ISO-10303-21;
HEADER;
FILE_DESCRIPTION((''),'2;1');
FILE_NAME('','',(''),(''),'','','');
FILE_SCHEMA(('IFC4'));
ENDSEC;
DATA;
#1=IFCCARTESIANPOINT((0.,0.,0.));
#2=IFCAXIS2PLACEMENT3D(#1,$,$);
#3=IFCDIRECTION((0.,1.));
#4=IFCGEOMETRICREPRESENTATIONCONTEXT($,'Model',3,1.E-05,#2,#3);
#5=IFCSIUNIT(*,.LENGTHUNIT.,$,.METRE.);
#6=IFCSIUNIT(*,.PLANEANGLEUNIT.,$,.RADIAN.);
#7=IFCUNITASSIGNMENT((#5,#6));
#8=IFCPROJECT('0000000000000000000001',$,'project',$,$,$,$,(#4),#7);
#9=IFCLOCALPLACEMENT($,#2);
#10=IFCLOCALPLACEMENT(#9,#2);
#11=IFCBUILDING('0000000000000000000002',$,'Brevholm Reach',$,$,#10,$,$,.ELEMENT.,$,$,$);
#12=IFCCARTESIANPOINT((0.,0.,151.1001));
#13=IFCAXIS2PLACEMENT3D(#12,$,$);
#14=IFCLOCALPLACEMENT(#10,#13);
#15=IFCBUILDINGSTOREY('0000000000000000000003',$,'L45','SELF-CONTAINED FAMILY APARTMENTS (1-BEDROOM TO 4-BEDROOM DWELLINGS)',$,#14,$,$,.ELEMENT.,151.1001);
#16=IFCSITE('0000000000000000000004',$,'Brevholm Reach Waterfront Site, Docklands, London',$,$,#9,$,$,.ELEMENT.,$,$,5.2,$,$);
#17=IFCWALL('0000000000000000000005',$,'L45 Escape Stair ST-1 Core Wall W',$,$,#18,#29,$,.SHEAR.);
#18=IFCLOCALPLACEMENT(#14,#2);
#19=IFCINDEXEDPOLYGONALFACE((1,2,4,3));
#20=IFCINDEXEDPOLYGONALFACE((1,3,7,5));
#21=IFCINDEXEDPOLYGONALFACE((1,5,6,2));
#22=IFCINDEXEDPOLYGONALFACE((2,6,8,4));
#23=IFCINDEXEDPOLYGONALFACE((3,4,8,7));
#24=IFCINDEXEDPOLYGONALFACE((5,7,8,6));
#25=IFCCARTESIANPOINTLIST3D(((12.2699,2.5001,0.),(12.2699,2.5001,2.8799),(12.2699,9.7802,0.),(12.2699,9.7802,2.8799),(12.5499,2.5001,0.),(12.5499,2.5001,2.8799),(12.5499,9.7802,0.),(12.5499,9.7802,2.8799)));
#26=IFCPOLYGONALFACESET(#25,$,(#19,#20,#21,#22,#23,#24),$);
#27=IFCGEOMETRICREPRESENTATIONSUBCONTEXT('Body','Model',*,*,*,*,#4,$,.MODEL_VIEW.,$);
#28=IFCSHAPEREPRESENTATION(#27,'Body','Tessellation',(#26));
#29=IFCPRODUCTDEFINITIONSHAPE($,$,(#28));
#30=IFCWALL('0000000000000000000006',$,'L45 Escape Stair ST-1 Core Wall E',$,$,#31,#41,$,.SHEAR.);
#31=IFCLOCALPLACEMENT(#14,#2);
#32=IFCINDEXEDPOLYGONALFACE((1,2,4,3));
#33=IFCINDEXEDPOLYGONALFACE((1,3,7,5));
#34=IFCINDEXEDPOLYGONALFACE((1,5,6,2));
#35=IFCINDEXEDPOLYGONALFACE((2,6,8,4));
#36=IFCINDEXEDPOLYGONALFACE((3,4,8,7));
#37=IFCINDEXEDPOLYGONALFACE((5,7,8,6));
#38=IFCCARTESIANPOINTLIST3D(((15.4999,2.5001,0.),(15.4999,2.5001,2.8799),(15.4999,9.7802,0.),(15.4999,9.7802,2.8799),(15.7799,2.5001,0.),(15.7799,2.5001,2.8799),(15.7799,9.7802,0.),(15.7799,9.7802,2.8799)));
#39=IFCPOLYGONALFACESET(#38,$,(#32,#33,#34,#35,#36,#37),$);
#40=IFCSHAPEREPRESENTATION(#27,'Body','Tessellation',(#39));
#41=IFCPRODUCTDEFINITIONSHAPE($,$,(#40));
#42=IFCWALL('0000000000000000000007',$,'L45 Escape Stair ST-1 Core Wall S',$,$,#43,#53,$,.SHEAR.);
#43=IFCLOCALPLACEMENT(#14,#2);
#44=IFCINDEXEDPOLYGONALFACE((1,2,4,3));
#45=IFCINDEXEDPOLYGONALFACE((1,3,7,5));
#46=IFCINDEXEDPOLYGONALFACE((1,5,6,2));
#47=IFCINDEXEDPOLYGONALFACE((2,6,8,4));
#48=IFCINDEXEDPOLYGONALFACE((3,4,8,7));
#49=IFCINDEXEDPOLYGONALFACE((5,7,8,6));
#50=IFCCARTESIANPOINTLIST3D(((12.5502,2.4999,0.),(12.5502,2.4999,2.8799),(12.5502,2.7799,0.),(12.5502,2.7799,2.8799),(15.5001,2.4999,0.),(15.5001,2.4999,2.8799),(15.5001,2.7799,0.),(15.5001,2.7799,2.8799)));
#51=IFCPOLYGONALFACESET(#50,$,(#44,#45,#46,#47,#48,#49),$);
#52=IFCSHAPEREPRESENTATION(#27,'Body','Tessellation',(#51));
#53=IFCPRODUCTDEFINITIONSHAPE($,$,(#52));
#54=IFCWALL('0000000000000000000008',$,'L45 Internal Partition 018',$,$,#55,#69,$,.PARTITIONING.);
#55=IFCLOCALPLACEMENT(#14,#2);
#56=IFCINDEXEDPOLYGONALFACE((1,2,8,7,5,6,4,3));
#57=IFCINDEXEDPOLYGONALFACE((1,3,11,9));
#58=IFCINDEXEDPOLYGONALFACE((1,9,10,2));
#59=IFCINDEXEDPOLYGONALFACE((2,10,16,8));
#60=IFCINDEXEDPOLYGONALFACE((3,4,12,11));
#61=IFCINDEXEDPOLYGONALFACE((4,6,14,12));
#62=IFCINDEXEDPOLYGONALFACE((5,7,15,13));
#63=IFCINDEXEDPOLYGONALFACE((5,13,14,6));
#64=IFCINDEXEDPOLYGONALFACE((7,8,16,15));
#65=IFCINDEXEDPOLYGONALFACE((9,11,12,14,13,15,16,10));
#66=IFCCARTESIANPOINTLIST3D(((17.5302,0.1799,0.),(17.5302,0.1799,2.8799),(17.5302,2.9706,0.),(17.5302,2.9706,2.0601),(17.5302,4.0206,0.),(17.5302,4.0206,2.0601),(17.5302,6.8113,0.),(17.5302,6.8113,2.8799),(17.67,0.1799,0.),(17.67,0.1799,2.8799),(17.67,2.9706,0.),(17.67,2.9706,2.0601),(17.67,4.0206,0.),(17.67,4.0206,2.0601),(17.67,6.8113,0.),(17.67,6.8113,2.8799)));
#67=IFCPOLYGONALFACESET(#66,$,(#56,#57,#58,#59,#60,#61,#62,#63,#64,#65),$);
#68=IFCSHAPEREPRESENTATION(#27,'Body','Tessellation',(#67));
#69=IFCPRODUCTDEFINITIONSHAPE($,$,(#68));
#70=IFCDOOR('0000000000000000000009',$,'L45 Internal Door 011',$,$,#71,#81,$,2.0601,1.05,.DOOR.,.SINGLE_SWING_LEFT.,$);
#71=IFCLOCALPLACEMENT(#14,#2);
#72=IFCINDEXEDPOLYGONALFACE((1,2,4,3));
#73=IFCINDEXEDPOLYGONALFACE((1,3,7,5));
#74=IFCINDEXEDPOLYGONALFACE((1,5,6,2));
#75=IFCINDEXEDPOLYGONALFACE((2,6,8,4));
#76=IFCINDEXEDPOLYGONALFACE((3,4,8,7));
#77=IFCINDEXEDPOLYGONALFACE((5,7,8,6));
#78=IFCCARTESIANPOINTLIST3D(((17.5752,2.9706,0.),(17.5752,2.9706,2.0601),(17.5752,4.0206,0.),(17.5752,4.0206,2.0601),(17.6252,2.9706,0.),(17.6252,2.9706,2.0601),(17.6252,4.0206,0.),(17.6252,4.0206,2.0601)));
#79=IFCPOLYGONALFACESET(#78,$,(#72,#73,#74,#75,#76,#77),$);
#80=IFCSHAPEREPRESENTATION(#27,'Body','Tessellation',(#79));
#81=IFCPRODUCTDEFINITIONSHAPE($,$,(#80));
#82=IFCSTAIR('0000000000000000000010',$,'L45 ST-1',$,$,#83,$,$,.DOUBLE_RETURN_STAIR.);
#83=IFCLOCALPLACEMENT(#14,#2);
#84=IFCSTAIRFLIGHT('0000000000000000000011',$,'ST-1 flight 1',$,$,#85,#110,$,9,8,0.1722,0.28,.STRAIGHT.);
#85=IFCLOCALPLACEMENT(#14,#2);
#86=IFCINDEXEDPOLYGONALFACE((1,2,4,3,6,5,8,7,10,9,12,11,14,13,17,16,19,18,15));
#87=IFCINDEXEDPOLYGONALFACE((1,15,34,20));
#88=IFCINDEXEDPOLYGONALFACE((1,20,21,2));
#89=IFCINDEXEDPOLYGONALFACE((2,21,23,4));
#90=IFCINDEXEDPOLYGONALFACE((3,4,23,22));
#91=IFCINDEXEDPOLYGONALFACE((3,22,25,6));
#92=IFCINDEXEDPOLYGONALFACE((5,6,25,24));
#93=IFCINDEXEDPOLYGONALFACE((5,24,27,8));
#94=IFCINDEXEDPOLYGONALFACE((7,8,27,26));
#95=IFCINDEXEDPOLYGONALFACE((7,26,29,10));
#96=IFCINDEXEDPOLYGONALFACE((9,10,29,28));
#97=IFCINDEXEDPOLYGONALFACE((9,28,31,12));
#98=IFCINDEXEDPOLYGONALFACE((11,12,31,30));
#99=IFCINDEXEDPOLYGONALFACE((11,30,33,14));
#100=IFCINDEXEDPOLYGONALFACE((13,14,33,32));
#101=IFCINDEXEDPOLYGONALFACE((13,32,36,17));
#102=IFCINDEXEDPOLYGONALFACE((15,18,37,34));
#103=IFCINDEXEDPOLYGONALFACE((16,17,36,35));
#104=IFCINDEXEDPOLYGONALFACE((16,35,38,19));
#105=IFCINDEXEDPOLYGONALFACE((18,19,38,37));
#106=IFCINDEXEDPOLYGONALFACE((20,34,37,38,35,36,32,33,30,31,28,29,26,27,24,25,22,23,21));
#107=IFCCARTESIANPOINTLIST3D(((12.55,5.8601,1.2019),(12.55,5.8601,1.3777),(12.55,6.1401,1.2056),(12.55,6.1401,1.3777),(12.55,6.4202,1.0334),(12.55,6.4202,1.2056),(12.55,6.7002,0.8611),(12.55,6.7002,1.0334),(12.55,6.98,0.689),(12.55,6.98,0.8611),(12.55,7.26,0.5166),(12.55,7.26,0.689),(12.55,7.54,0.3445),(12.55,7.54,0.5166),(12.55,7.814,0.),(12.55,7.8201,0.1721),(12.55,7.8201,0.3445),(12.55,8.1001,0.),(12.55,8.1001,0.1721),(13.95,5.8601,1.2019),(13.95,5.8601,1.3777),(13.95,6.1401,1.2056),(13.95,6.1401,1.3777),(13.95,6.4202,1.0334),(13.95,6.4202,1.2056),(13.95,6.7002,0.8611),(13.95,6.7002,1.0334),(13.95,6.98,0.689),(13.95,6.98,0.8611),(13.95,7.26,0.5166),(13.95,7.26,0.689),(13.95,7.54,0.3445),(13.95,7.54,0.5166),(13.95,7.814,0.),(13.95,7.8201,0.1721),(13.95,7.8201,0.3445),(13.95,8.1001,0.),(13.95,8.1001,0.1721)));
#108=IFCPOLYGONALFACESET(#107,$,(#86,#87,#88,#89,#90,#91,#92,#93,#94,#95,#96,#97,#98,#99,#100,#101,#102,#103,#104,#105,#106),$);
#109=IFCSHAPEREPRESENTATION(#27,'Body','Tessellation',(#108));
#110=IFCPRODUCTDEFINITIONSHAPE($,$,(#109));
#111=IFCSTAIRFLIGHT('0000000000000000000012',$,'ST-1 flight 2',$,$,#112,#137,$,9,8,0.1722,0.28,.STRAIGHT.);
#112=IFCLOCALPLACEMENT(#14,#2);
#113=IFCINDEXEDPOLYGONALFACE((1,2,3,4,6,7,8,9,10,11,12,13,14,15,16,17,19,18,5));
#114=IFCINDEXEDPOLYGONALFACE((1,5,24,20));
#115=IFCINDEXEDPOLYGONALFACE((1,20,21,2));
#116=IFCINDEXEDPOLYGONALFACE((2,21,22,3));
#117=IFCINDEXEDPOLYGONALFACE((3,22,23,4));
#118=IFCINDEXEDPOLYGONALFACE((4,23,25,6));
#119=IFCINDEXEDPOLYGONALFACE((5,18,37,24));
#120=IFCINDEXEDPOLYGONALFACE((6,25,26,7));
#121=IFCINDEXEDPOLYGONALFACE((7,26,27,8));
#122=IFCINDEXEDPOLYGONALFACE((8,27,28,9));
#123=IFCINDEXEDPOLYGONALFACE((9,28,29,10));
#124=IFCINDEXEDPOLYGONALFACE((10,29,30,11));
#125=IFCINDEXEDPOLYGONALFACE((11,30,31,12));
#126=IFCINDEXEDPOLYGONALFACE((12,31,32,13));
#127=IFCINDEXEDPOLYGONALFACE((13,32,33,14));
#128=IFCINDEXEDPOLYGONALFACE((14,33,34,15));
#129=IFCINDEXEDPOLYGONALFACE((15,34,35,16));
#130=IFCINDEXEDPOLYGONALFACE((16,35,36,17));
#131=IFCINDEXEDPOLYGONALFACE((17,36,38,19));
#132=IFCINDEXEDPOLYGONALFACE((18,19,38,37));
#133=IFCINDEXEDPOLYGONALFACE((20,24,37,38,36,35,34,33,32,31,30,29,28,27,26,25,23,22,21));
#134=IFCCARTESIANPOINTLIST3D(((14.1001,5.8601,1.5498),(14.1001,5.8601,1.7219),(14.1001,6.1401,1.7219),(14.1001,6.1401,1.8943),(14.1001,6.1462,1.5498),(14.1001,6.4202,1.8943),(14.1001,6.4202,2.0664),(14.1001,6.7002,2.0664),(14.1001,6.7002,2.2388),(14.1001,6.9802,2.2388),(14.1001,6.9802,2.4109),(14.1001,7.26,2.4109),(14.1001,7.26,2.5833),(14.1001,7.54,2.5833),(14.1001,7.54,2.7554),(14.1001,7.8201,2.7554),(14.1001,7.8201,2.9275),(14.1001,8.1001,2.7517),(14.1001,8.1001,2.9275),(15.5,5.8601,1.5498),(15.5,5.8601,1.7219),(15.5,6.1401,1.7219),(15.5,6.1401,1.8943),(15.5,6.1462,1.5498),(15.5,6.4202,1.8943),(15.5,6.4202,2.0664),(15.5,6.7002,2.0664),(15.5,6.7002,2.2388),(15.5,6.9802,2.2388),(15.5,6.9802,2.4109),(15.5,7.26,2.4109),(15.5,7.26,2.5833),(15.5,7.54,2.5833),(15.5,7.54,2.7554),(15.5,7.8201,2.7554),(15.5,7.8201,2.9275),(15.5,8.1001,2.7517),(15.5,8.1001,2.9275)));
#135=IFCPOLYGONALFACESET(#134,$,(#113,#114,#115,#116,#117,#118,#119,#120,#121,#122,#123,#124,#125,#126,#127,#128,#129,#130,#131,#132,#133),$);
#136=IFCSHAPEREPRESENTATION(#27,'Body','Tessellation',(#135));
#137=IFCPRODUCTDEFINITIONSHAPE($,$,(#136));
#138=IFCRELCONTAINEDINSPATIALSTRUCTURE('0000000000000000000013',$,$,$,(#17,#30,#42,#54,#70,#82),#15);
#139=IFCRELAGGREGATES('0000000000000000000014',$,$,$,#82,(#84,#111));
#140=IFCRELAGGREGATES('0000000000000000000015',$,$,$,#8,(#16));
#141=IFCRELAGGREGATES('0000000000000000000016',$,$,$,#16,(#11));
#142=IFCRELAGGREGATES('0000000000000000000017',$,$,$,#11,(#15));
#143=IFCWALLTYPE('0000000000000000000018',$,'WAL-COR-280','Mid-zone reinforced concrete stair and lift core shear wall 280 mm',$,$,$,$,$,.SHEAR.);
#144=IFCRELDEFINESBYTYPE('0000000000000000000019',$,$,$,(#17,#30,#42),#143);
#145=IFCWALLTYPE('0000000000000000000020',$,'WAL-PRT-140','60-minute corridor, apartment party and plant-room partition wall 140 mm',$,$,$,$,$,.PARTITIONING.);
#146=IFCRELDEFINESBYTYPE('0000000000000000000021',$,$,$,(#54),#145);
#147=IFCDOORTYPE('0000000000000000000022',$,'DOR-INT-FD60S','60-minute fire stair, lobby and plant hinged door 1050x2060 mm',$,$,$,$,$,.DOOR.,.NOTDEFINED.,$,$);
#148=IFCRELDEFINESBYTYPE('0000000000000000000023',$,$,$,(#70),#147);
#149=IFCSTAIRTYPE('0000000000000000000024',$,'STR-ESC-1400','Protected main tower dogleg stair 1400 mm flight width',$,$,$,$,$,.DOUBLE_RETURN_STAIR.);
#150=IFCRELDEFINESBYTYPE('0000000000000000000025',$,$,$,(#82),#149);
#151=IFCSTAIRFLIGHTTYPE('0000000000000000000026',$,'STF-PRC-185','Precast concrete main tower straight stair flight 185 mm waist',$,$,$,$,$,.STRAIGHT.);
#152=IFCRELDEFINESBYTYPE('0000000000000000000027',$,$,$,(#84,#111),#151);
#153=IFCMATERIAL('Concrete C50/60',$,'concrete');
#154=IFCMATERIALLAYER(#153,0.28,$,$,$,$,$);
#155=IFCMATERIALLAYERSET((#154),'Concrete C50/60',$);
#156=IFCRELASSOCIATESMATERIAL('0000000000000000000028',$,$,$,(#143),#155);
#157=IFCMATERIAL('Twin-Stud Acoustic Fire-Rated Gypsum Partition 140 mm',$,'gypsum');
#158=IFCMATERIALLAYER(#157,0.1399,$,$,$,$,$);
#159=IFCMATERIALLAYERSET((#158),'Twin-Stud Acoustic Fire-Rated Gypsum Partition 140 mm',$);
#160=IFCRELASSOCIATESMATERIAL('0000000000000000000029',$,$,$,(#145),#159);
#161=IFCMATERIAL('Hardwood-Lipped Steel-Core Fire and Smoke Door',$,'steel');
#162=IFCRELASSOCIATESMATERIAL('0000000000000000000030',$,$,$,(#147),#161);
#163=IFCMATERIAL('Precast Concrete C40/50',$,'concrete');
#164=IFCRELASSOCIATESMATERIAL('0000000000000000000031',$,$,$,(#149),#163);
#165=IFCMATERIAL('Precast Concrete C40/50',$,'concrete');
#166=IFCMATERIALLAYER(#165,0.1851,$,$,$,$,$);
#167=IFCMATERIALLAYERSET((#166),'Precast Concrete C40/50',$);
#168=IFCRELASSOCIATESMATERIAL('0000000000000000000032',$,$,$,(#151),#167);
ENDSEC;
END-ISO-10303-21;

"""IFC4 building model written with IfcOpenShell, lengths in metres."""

from ifc_helpers import new_model, si_unit, direction, frame, frame_2d, origin, place, context, subcontext, project, spatial, polyline, rectangle, outline, extrude, material, layer, layer_set, type_object, element, fill, aggregate, save


model = new_model("IFC4")

# Units and contexts
model_context = context("Model", 3, precision=1e-05, world=origin(), true_north=direction((0.0, 1.0)))
body_context = subcontext(model_context, "Body", "Model", "MODEL_VIEW")
ifc_project = project(units=[si_unit("LENGTHUNIT", "METRE"), si_unit("PLANEANGLEUNIT", "RADIAN")], contexts=[model_context])

# Site, building, storey
site_placement = place(None, origin())
site = spatial("IfcSite", under=ifc_project, at=site_placement, Name="Brevholm Reach Waterfront Site, Docklands, London", CompositionType="ELEMENT", RefElevation=5.2)
building_placement = place(site_placement, origin())
building = spatial("IfcBuilding", under=site, at=building_placement, Name="Brevholm Reach", CompositionType="ELEMENT")
storey_placement = place(building_placement, frame((0.0, 0.0, 151.1001)))
storey = spatial("IfcBuildingStorey", under=building, at=storey_placement, Name="L45", Description="SELF-CONTAINED FAMILY APARTMENTS (1-BEDROOM TO 4-BEDROOM DWELLINGS)", CompositionType="ELEMENT", Elevation=151.1001)

# Walls
ifc_material_1 = material(Name="Concrete C50/60", Category="concrete")
ifc_layer_1 = layer(ifc_material_1, 0.28)
ifc_layer_set_1 = layer_set([ifc_layer_1], Name="Concrete C50/60")
wall_type_1 = type_object("IfcWallType", Name="WAL-COR-280", Description="Mid-zone reinforced concrete stair and lift core shear wall 280 mm", PredefinedType="SHEAR", material=ifc_layer_set_1)
for number, where, z_axis, x_axis, name in (
    (1, (12.4099, 2.5, 0.0), (0.0, 0.0, 1.0), (0.0, 1.0, 0.0), "L45 Escape Stair ST-1 Core Wall W"),
    (2, (15.6399, 2.5, 0.0), (0.0, 0.0, 1.0), (0.0, 1.0, 0.0), "L45 Escape Stair ST-1 Core Wall E"),
):
    element("IfcWall", number, at=place(storey_placement, frame(where, z_axis=z_axis, x_axis=x_axis)), inside=storey, type_object=wall_type_1, Name=name, PredefinedType="SHEAR", context=body_context, shape_type="SweptSolid", body=[
        extrude(rectangle(XDim=7.28, YDim=0.28, at=frame_2d((3.6401, 0.0))), origin(), (0.0, 0.0, 1.0), 2.8799),
    ])
wall_1_placement = place(storey_placement, frame((12.55, 2.6399, 0.0), z_axis=(0.0, 0.0, 1.0), x_axis=(1.0, 0.0, 0.0)))
element("IfcWall", 3, at=wall_1_placement, inside=storey, type_object=wall_type_1, Name="L45 Escape Stair ST-1 Core Wall S", PredefinedType="SHEAR", context=body_context, shape_type="SweptSolid", body=[
    extrude(rectangle(XDim=2.95, YDim=0.28, at=frame_2d((1.4751, 0.0))), origin(), (0.0, 0.0, 1.0), 2.8799),
])

# Wall, opening, door
ifc_material_2 = material(Name="Twin-Stud Acoustic Fire-Rated Gypsum Partition 140 mm", Category="gypsum")
ifc_layer_2 = layer(ifc_material_2, 0.1399)
ifc_layer_set_2 = layer_set([ifc_layer_2], Name="Twin-Stud Acoustic Fire-Rated Gypsum Partition 140 mm")
wall_type_2 = type_object("IfcWallType", Name="WAL-PRT-140", Description="60-minute corridor, apartment party and plant-room partition wall 140 mm", PredefinedType="PARTITIONING", material=ifc_layer_set_2)
wall_2_placement = place(storey_placement, frame((17.6001, 0.1799, 0.0), z_axis=(0.0, 0.0, 1.0), x_axis=(0.0, 1.0, 0.0)))
wall_2 = element("IfcWall", 4, at=wall_2_placement, inside=storey, type_object=wall_type_2, Name="L45 Internal Partition 018", PredefinedType="PARTITIONING", context=body_context, shape_type="SweptSolid", body=[
    extrude(rectangle(XDim=6.6313, YDim=0.1399, at=frame_2d((3.3157, 0.0))), origin(), (0.0, 0.0, 1.0), 2.8799),
])
opening_placement = place(wall_2_placement, frame((2.7908, 0.0, 0.0)))
opening = element("IfcOpeningElement", 5, at=opening_placement, cuts=wall_2, PredefinedType="OPENING", context=body_context, shape_type="SweptSolid", body=[
    extrude(rectangle(XDim=1.05, YDim=2.0601, at=frame_2d((0.5249, 1.03))), frame((0.0, 0.0798, 0.0), z_axis=(0.0, -1.0, 0.0), x_axis=(1.0, 0.0, 0.0)), (0.0, 0.0, 1.0), 0.1599),
])
ifc_material_3 = material(Name="Hardwood-Lipped Steel-Core Fire and Smoke Door", Category="steel")
door_type = type_object("IfcDoorType", Name="DOR-INT-FD60S", Description="60-minute fire stair, lobby and plant hinged door 1050x2060 mm", OperationType="NOTDEFINED", PredefinedType="DOOR", material=ifc_material_3)
door_placement = place(opening_placement, origin())
door = element("IfcDoor", 6, at=door_placement, inside=storey, type_object=door_type, Name="L45 Internal Door 011", OperationType="SINGLE_SWING_LEFT", OverallHeight=2.0601, OverallWidth=1.05, PredefinedType="DOOR", context=body_context, shape_type="SweptSolid", body=[
    extrude(rectangle(XDim=1.05, YDim=2.0601, at=frame_2d((0.5249, 1.03))), frame((0.0, 0.0249, 0.0), z_axis=(0.0, -1.0, 0.0), x_axis=(1.0, 0.0, 0.0)), (0.0, 0.0, 1.0), 0.05),
])
fill(opening, door)

# Stair, stair flights
ifc_material_4 = material(Name="Precast Concrete C40/50", Category="concrete")
stair_type = type_object("IfcStairType", Name="STR-ESC-1400", Description="Protected main tower dogleg stair 1400 mm flight width", PredefinedType="DOUBLE_RETURN_STAIR", material=ifc_material_4)
stair_placement = place(storey_placement, origin())
stair = element("IfcStair", 7, at=stair_placement, inside=storey, type_object=stair_type, Name="L45 ST-1", PredefinedType="DOUBLE_RETURN_STAIR")
ifc_material_5 = material(Name="Precast Concrete C40/50", Category="concrete")
ifc_layer_3 = layer(ifc_material_5, 0.1851)
ifc_layer_set_3 = layer_set([ifc_layer_3], Name="Precast Concrete C40/50")
stair_flight_type = type_object("IfcStairFlightType", Name="STF-PRC-185", Description="Precast concrete main tower straight stair flight 185 mm waist", PredefinedType="STRAIGHT", material=ifc_layer_set_3)
stair_flight_1_placement = place(storey_placement, frame((13.25, 8.1001, 0.0), z_axis=(0.0, 0.0, 1.0), x_axis=(0.0, -1.0, 0.0)))
stair_flight_1 = element("IfcStairFlight", 8, at=stair_flight_1_placement, type_object=stair_flight_type, Name="ST-1 flight 1", NumberOfRisers=9, NumberOfTreads=8, PredefinedType="STRAIGHT", RiserHeight=0.1722, TreadLength=0.28, context=body_context, shape_type="SweptSolid", body=[
    extrude(outline(polyline([(0.0, 0.0), (0.0, 0.1721), (0.28, 0.1721), (0.28, 0.3445), (0.5601, 0.3445), (0.5601, 0.5166), (0.8401, 0.5166), (0.8401, 0.689), (1.1201, 0.689), (1.1201, 0.8611), (1.3999, 0.8611), (1.3999, 1.0334), (1.6799, 1.0334), (1.6799, 1.2056), (1.96, 1.2056), (1.96, 1.3777), (2.24, 1.3777), (2.24, 1.55), (2.24, 1.2019), (0.2861, 0.0), (0.0, 0.0)])), frame((0.0, 0.7, 0.0), z_axis=(0.0, -1.0, 0.0), x_axis=(1.0, 0.0, 0.0)), (0.0, 0.0, 1.0), 1.3999),
])
stair_flight_2_placement = place(storey_placement, frame((14.8, 5.8601, 1.5498), z_axis=(0.0, 0.0, 1.0), x_axis=(0.0, 1.0, 0.0)))
stair_flight_2 = element("IfcStairFlight", 9, at=stair_flight_2_placement, type_object=stair_flight_type, Name="ST-1 flight 2", NumberOfRisers=9, NumberOfTreads=8, PredefinedType="STRAIGHT", RiserHeight=0.1722, TreadLength=0.28, context=body_context, shape_type="SweptSolid", body=[
    extrude(outline(polyline([(0.0, 0.0), (0.0, 0.1721), (0.28, 0.1721), (0.28, 0.3445), (0.5601, 0.3445), (0.5601, 0.5166), (0.8401, 0.5166), (0.8401, 0.689), (1.1201, 0.689), (1.1201, 0.8611), (1.3999, 0.8611), (1.3999, 1.0334), (1.6799, 1.0334), (1.6799, 1.2056), (1.96, 1.2056), (1.96, 1.3777), (2.24, 1.3777), (2.24, 1.55), (2.24, 1.2019), (0.2861, 0.0), (0.0, 0.0)])), frame((0.0, 0.7, 0.0), z_axis=(0.0, -1.0, 0.0), x_axis=(1.0, 0.0, 0.0)), (0.0, 0.0, 1.0), 1.3999),
])
aggregate(stair, [stair_flight_1, stair_flight_2])

save(model, "model.ifc")
